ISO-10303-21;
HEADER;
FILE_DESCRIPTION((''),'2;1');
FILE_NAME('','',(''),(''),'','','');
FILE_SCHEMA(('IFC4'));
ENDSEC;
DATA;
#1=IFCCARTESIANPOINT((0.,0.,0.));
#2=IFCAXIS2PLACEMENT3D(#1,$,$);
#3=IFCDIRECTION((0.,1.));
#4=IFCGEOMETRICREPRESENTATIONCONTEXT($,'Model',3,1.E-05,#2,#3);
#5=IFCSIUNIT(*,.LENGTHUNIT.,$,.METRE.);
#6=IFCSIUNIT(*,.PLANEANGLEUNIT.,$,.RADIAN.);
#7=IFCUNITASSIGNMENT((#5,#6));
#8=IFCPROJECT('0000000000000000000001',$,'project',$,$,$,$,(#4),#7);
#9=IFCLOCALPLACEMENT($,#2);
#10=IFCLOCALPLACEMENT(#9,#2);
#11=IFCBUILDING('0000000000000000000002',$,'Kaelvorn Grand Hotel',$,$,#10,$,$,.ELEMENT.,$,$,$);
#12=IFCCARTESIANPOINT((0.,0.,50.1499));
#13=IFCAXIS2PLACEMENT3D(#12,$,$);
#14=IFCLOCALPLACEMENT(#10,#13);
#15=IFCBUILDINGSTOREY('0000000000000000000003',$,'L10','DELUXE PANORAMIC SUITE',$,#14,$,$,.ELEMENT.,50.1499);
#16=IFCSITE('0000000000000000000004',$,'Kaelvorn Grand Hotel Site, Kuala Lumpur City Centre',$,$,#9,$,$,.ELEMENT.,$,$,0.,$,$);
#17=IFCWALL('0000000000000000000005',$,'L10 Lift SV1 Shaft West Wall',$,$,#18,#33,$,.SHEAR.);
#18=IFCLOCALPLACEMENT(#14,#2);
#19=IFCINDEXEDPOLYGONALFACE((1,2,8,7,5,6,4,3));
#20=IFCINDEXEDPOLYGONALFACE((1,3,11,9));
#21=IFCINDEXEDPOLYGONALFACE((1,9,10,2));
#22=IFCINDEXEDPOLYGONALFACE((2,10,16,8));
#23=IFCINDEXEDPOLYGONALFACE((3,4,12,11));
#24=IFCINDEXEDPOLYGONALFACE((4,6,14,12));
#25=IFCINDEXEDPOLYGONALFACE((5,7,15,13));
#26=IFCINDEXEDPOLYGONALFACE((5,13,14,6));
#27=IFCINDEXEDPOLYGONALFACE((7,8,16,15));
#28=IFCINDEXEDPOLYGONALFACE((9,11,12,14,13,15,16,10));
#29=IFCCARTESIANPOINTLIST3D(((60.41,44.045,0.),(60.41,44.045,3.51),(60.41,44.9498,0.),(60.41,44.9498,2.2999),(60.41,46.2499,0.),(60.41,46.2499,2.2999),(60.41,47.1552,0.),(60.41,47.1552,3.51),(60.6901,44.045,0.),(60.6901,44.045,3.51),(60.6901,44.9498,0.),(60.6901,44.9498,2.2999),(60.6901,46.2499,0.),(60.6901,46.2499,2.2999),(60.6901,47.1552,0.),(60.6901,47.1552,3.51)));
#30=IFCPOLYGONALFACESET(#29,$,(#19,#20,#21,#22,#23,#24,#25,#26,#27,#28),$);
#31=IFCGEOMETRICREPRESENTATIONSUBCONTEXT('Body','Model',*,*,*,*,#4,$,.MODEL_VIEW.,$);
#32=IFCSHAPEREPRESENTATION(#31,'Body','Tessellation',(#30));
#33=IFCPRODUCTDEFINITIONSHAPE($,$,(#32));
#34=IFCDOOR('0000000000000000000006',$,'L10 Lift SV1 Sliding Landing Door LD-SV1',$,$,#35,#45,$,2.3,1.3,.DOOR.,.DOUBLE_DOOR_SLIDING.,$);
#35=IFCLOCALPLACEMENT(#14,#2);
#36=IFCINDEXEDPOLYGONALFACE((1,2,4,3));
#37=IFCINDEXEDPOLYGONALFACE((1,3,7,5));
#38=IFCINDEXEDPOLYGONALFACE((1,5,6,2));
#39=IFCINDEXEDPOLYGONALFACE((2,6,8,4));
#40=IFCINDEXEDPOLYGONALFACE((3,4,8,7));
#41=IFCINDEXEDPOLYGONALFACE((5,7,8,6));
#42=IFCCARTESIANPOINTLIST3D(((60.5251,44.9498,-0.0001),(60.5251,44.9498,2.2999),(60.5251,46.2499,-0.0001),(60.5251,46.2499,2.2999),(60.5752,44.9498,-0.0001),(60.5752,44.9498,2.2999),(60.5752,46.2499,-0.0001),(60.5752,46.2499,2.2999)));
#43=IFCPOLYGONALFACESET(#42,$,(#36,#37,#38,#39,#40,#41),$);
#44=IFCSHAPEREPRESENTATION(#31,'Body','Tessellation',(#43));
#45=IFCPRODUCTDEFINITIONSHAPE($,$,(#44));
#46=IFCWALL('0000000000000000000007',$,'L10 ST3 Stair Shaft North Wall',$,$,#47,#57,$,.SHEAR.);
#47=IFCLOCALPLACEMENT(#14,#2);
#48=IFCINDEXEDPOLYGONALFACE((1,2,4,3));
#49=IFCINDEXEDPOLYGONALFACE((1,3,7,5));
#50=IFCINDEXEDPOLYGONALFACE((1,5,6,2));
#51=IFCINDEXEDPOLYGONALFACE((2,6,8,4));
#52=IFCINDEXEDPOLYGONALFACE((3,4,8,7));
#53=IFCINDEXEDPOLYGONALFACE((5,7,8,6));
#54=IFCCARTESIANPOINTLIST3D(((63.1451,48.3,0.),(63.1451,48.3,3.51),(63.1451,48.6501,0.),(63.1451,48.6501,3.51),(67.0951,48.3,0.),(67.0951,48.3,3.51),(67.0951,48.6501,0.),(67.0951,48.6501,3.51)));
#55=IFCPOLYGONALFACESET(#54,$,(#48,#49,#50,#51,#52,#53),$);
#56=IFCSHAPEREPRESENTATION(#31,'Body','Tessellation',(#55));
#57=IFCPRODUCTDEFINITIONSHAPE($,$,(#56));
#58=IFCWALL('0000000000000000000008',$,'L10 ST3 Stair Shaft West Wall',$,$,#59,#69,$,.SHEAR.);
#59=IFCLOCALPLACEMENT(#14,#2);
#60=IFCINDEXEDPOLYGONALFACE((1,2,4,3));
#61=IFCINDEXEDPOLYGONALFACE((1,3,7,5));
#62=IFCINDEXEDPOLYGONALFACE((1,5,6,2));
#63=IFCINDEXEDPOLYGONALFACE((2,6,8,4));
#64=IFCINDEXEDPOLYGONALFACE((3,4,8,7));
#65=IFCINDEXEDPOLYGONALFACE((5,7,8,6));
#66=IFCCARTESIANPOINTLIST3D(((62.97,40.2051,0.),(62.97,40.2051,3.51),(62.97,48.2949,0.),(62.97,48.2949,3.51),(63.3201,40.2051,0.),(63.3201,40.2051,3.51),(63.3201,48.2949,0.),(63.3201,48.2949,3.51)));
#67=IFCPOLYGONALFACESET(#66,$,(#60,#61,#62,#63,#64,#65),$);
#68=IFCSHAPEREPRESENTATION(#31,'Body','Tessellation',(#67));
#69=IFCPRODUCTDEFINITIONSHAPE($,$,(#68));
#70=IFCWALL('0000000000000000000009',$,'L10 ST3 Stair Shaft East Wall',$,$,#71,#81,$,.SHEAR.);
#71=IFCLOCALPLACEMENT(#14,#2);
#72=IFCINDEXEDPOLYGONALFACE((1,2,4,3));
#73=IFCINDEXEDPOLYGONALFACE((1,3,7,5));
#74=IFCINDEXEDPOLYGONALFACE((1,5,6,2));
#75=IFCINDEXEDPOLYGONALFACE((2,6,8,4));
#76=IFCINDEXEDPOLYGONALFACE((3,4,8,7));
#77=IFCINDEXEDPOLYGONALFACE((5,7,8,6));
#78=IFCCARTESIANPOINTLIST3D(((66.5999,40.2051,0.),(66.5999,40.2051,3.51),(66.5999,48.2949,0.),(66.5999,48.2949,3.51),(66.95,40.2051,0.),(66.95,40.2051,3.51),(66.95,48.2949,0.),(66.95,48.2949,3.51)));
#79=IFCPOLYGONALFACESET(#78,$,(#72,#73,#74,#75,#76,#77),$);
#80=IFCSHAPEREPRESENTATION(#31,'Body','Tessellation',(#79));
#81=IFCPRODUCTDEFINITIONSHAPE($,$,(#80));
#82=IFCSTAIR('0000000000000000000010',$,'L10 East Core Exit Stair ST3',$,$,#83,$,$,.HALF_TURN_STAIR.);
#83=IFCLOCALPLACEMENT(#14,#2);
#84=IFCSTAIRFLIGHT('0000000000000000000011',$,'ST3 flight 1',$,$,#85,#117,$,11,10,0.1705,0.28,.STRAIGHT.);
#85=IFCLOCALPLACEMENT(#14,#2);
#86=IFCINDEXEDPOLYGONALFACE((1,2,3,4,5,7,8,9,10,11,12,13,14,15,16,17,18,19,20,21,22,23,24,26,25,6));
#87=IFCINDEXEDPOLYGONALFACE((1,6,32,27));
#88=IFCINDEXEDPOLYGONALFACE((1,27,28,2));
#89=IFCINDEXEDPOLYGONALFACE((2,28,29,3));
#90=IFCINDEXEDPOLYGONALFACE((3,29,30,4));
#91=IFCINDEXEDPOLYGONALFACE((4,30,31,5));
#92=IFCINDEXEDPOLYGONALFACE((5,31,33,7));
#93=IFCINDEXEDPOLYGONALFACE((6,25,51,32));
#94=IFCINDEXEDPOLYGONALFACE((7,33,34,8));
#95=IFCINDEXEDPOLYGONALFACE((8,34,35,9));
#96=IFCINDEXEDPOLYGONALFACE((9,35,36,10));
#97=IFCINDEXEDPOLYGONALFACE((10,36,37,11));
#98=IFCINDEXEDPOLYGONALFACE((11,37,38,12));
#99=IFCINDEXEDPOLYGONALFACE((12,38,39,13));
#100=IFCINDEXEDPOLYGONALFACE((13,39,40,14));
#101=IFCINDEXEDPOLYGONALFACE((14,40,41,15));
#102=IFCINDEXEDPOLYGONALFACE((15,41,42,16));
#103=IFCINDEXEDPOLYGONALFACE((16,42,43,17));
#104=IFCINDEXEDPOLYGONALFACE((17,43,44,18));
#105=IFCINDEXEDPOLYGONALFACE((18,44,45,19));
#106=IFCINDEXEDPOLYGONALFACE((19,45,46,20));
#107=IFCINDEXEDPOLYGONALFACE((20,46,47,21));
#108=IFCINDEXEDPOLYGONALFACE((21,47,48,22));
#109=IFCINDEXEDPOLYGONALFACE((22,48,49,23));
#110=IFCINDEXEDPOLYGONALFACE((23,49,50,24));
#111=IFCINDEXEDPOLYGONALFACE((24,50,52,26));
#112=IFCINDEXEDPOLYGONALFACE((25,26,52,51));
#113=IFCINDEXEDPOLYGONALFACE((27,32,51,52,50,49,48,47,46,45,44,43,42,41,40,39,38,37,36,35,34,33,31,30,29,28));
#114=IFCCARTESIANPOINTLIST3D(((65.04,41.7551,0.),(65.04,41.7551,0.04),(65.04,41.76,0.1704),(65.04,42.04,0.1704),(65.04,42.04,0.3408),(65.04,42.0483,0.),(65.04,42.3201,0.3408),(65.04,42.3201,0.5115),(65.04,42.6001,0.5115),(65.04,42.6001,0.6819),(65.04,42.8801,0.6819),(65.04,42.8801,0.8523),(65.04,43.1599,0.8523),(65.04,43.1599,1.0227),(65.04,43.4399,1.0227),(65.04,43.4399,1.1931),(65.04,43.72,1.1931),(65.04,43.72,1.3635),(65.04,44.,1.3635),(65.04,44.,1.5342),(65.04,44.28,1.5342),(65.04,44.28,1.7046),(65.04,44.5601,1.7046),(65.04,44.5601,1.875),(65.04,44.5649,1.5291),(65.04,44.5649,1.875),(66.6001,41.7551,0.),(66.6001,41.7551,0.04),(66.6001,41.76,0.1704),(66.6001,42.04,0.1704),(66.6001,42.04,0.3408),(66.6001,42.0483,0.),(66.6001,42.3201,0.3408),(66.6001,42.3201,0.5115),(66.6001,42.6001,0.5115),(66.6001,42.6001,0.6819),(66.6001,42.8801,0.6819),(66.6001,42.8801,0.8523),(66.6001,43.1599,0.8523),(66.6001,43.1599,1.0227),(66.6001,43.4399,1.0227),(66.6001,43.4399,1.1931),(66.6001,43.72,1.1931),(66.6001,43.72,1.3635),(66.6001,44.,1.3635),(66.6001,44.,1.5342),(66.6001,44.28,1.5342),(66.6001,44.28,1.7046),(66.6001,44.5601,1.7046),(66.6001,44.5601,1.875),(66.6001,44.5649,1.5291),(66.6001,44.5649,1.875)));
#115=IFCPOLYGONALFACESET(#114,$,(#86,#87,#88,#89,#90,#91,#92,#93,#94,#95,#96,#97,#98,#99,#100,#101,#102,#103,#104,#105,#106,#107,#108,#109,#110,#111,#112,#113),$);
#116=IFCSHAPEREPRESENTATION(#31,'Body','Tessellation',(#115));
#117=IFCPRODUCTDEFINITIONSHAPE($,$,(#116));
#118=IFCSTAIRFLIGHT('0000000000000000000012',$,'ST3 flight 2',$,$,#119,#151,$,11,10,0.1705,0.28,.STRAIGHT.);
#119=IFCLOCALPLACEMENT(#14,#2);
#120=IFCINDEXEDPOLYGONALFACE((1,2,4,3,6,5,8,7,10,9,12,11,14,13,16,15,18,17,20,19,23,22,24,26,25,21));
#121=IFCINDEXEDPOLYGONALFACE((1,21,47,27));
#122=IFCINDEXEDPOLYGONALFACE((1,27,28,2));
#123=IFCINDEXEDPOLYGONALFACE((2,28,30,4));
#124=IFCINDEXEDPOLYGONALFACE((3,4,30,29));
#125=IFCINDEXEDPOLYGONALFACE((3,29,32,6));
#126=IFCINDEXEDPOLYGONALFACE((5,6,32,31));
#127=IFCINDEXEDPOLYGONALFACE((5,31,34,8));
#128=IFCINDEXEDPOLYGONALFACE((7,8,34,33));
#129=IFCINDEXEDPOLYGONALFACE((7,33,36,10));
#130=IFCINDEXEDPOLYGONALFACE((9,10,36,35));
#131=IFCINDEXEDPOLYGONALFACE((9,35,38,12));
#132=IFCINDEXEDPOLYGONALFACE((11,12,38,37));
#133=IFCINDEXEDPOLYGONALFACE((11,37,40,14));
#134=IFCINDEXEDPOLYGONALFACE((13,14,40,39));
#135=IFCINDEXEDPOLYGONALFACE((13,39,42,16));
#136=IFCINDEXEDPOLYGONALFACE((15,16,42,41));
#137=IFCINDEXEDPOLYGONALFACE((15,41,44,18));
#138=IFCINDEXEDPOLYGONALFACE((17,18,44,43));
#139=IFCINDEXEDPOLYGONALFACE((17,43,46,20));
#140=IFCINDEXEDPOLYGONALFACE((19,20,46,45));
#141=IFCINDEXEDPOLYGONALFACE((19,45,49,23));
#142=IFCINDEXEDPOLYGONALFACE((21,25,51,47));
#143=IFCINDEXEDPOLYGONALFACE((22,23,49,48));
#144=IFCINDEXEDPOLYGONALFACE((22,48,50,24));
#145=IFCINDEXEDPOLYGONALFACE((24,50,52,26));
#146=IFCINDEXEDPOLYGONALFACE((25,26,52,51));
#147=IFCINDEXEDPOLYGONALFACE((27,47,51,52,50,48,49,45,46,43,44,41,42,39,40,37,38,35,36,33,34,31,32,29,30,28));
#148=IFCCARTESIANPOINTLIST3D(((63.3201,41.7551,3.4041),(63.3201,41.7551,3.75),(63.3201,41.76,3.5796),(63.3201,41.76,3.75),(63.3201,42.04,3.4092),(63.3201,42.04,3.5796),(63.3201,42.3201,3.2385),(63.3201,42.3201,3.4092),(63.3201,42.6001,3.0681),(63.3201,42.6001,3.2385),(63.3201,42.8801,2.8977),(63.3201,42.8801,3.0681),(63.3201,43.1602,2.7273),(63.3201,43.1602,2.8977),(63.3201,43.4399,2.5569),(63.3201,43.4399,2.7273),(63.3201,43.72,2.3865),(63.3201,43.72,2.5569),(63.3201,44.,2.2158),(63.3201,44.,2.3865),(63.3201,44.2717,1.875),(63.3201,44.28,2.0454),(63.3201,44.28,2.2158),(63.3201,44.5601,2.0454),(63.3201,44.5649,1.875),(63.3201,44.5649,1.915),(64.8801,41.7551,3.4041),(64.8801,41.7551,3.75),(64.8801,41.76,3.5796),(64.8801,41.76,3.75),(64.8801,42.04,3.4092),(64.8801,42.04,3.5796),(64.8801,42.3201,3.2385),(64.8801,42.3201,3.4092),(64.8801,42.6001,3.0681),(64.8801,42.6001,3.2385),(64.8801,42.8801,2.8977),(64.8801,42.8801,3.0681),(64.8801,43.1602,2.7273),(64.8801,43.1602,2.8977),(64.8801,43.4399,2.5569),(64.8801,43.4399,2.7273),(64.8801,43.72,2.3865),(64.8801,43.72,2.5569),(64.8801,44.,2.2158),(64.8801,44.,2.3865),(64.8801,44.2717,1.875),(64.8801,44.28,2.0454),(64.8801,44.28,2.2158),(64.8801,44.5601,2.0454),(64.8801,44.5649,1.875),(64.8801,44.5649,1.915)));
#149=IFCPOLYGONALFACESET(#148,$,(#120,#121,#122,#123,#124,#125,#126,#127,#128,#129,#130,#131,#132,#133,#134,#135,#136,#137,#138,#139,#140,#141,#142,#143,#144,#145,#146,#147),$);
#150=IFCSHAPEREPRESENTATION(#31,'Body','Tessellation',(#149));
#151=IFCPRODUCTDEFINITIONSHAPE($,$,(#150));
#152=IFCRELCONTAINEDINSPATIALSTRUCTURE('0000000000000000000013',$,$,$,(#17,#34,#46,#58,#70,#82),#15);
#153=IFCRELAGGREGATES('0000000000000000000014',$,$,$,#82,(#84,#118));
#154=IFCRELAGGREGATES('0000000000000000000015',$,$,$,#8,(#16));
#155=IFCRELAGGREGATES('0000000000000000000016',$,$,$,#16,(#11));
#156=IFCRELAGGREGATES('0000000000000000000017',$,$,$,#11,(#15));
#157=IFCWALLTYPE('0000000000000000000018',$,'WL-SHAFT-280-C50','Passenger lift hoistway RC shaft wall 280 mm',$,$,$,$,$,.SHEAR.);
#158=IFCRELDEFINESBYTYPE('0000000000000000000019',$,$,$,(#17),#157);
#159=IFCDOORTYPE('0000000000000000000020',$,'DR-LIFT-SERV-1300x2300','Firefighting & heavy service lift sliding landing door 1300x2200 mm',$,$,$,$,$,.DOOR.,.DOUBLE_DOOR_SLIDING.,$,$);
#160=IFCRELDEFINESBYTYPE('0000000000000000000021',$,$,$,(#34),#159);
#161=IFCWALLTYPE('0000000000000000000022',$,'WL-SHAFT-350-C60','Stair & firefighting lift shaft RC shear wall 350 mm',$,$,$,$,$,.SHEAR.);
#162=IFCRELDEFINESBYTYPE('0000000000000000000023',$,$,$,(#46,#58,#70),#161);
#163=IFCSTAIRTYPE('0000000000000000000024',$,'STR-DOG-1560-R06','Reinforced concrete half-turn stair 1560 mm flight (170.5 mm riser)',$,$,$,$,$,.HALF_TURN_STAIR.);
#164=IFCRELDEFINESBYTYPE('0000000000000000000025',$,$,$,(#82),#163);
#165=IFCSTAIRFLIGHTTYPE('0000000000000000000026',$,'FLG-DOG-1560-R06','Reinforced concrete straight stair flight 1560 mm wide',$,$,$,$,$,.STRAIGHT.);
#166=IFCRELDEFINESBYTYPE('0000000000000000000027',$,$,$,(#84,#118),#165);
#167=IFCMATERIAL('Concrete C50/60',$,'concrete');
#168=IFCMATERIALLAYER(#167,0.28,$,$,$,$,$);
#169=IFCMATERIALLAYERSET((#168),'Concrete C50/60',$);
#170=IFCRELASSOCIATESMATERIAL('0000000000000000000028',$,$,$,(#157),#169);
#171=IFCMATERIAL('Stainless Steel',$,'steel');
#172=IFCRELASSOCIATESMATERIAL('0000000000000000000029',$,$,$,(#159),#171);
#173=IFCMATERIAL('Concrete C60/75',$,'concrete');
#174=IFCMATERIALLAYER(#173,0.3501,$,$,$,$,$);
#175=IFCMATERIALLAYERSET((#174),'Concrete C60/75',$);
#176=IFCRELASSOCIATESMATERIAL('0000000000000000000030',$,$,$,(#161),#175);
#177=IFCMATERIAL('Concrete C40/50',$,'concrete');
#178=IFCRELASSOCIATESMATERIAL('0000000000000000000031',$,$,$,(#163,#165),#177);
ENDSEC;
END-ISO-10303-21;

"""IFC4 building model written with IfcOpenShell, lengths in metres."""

from ifc_helpers import new_model, si_unit, direction, frame, frame_2d, origin, place, context, subcontext, project, spatial, polyline, rectangle, outline, extrude, material, layer, layer_set, type_object, element, fill, aggregate, save


model = new_model("IFC4")

# Units and contexts
model_context = context("Model", 3, precision=1e-05, world=origin(), true_north=direction((0.0, 1.0)))
body_context = subcontext(model_context, "Body", "Model", "MODEL_VIEW")
ifc_project = project(units=[si_unit("LENGTHUNIT", "METRE"), si_unit("PLANEANGLEUNIT", "RADIAN")], contexts=[model_context])

# Site, building, storey
site_placement = place(None, origin())
site = spatial("IfcSite", under=ifc_project, at=site_placement, Name="Kaelvorn Grand Hotel Site, Kuala Lumpur City Centre", CompositionType="ELEMENT", RefElevation=0.0)
building_placement = place(site_placement, origin())
building = spatial("IfcBuilding", under=site, at=building_placement, Name="Kaelvorn Grand Hotel", CompositionType="ELEMENT")
storey_placement = place(building_placement, frame((0.0, 0.0, 50.1499)))
storey = spatial("IfcBuildingStorey", under=building, at=storey_placement, Name="L10", Description="DELUXE PANORAMIC SUITE", CompositionType="ELEMENT", Elevation=50.1499)

# Shared definitions
ifc_material_1 = material(Name="Concrete C60/75", Category="concrete")

# Shared definitions
ifc_material_2 = material(Name="Concrete C40/50", Category="concrete")
ifc_material_3 = material(Name="Concrete C50/60", Category="concrete")
ifc_layer_1 = layer(ifc_material_3, 0.28)
ifc_layer_set_1 = layer_set([ifc_layer_1], Name="Concrete C50/60")
wall_type_1 = type_object("IfcWallType", Name="WL-SHAFT-280-C50", Description="Passenger lift hoistway RC shaft wall 280 mm", PredefinedType="SHEAR", material=ifc_layer_set_1)

# Wall, opening, door
wall_1_placement = place(storey_placement, frame((60.55, 44.0449, 0.0), z_axis=(0.0, 0.0, 1.0), x_axis=(0.0, 1.0, 0.0)))
wall_1 = element("IfcWall", 1, at=wall_1_placement, inside=storey, type_object=wall_type_1, Name="L10 Lift SV1 Shaft West Wall", PredefinedType="SHEAR", context=body_context, shape_type="SweptSolid", body=[
    extrude(rectangle(XDim=3.1101, YDim=0.28, at=frame_2d((1.5552, 0.0))), origin(), (0.0, 0.0, 1.0), 3.51),
])
opening_1_placement = place(wall_1_placement, frame((0.905, 0.0, 0.0)))
opening_1 = element("IfcOpeningElement", 2, at=opening_1_placement, cuts=wall_1, PredefinedType="OPENING", context=body_context, shape_type="SweptSolid", body=[
    extrude(rectangle(XDim=1.3, YDim=2.3, at=frame_2d((0.6499, 1.1499))), frame((0.0, 0.1499, 0.0), z_axis=(0.0, -1.0, 0.0), x_axis=(1.0, 0.0, 0.0)), (0.0, 0.0, 1.0), 0.3),
])
ifc_material_4 = material(Name="Stainless Steel", Category="steel")
door_type_1 = type_object("IfcDoorType", Name="DR-LIFT-SERV-1300x2300", Description="Firefighting & heavy service lift sliding landing door 1300x2200 mm", OperationType="DOUBLE_DOOR_SLIDING", PredefinedType="DOOR", material=ifc_material_4)
door_1_placement = place(opening_1_placement, origin())
door_1 = element("IfcDoor", 3, at=door_1_placement, inside=storey, type_object=door_type_1, Name="L10 Lift SV1 Sliding Landing Door LD-SV1", OperationType="DOUBLE_DOOR_SLIDING", OverallHeight=2.3, OverallWidth=1.3, PredefinedType="DOOR", context=body_context, shape_type="SweptSolid", body=[
    extrude(rectangle(XDim=1.3, YDim=2.3, at=frame_2d((0.6499, 1.1499))), frame((0.0, 0.0249, 0.0), z_axis=(0.0, -1.0, 0.0), x_axis=(1.0, 0.0, 0.0)), (0.0, 0.0, 1.0), 0.05),
])
fill(opening_1, door_1)
ifc_layer_2 = layer(ifc_material_1, 0.3501)
ifc_layer_set_2 = layer_set([ifc_layer_2], Name="Concrete C60/75")
wall_type_2 = type_object("IfcWallType", Name="WL-SHAFT-350-C60", Description="Stair & firefighting lift shaft RC shear wall 350 mm", PredefinedType="SHEAR", material=ifc_layer_set_2)

# Walls
wall_2_placement = place(storey_placement, frame((63.145, 48.4751, 0.0), z_axis=(0.0, 0.0, 1.0), x_axis=(1.0, 0.0, 0.0)))
element("IfcWall", 4, at=wall_2_placement, inside=storey, type_object=wall_type_2, Name="L10 ST3 Stair Shaft North Wall", PredefinedType="SHEAR", context=body_context, shape_type="SweptSolid", body=[
    extrude(rectangle(XDim=3.95, YDim=0.3501, at=frame_2d((1.9751, 0.0))), origin(), (0.0, 0.0, 1.0), 3.51),
])
for number, where, z_axis, x_axis, name in (
    (5, (63.145, 40.2051, 0.0), (0.0, 0.0, 1.0), (0.0, 1.0, 0.0), "L10 ST3 Stair Shaft West Wall"),
    (6, (66.7749, 40.2051, 0.0), (0.0, 0.0, 1.0), (0.0, 1.0, 0.0), "L10 ST3 Stair Shaft East Wall"),
):
    element("IfcWall", number, at=place(storey_placement, frame(where, z_axis=z_axis, x_axis=x_axis)), inside=storey, type_object=wall_type_2, Name=name, PredefinedType="SHEAR", context=body_context, shape_type="SweptSolid", body=[
        extrude(rectangle(XDim=8.0898, YDim=0.3501, at=frame_2d((4.0449, 0.0))), origin(), (0.0, 0.0, 1.0), 3.51),
    ])

# Stair, stair flights
stair_type = type_object("IfcStairType", Name="STR-DOG-1560-R06", Description="Reinforced concrete half-turn stair 1560 mm flight (170.5 mm riser)", PredefinedType="HALF_TURN_STAIR", material=ifc_material_2)
stair_placement = place(storey_placement, origin())
stair = element("IfcStair", 7, at=stair_placement, inside=storey, type_object=stair_type, Name="L10 East Core Exit Stair ST3", PredefinedType="HALF_TURN_STAIR")
stair_flight_type = type_object("IfcStairFlightType", Name="FLG-DOG-1560-R06", Description="Reinforced concrete straight stair flight 1560 mm wide", PredefinedType="STRAIGHT", material=ifc_material_2)
stair_flight_1_placement = place(storey_placement, frame((65.8201, 41.76, 0.0), z_axis=(0.0, 0.0, 1.0), x_axis=(0.0, 1.0, 0.0)))
stair_flight_1 = element("IfcStairFlight", 8, at=stair_flight_1_placement, type_object=stair_flight_type, Name="ST3 flight 1", NumberOfRisers=11, NumberOfTreads=10, PredefinedType="STRAIGHT", RiserHeight=0.1705, TreadLength=0.28, context=body_context, shape_type="SweptSolid", body=[
    extrude(outline(polyline([(-0.0049, 0.0), (-0.0049, 0.04), (0.0, 0.1704), (0.28, 0.1704), (0.28, 0.3408), (0.5601, 0.3408), (0.5601, 0.5115), (0.8401, 0.5115), (0.8401, 0.6819), (1.1201, 0.6819), (1.1201, 0.8523), (1.3999, 0.8523), (1.3999, 1.0227), (1.6799, 1.0227), (1.6799, 1.1931), (1.96, 1.1931), (1.96, 1.3635), (2.24, 1.3635), (2.24, 1.5342), (2.52, 1.5342), (2.52, 1.7046), (2.8, 1.7046), (2.8, 1.875), (2.8049, 1.875), (2.8049, 1.5291), (0.2883, 0.0), (-0.0049, 0.0)])), frame((0.0, 0.78, 0.0), z_axis=(0.0, -1.0, 0.0), x_axis=(1.0, 0.0, 0.0)), (0.0, 0.0, 1.0), 1.5601),
])
stair_flight_2_placement = place(storey_placement, frame((64.1001, 44.5601, 1.875), z_axis=(0.0, 0.0, 1.0), x_axis=(0.0, -1.0, 0.0)))
stair_flight_2 = element("IfcStairFlight", 9, at=stair_flight_2_placement, type_object=stair_flight_type, Name="ST3 flight 2", NumberOfRisers=11, NumberOfTreads=10, PredefinedType="STRAIGHT", RiserHeight=0.1705, TreadLength=0.28, context=body_context, shape_type="SweptSolid", body=[
    extrude(outline(polyline([(-0.0049, 0.0), (-0.0049, 0.04), (0.0, 0.1704), (0.28, 0.1704), (0.28, 0.3408), (0.5601, 0.3408), (0.5601, 0.5115), (0.8401, 0.5115), (0.8401, 0.6819), (1.1201, 0.6819), (1.1201, 0.8523), (1.3999, 0.8523), (1.3999, 1.0227), (1.6799, 1.0227), (1.6799, 1.1931), (1.96, 1.1931), (1.96, 1.3635), (2.24, 1.3635), (2.24, 1.5342), (2.52, 1.5342), (2.52, 1.7046), (2.8, 1.7046), (2.8, 1.875), (2.8049, 1.875), (2.8049, 1.5291), (0.2883, 0.0), (-0.0049, 0.0)])), frame((0.0, 0.78, 0.0), z_axis=(0.0, -1.0, 0.0), x_axis=(1.0, 0.0, 0.0)), (0.0, 0.0, 1.0), 1.5601),
])
aggregate(stair, [stair_flight_1, stair_flight_2])

save(model, "model.ifc")
